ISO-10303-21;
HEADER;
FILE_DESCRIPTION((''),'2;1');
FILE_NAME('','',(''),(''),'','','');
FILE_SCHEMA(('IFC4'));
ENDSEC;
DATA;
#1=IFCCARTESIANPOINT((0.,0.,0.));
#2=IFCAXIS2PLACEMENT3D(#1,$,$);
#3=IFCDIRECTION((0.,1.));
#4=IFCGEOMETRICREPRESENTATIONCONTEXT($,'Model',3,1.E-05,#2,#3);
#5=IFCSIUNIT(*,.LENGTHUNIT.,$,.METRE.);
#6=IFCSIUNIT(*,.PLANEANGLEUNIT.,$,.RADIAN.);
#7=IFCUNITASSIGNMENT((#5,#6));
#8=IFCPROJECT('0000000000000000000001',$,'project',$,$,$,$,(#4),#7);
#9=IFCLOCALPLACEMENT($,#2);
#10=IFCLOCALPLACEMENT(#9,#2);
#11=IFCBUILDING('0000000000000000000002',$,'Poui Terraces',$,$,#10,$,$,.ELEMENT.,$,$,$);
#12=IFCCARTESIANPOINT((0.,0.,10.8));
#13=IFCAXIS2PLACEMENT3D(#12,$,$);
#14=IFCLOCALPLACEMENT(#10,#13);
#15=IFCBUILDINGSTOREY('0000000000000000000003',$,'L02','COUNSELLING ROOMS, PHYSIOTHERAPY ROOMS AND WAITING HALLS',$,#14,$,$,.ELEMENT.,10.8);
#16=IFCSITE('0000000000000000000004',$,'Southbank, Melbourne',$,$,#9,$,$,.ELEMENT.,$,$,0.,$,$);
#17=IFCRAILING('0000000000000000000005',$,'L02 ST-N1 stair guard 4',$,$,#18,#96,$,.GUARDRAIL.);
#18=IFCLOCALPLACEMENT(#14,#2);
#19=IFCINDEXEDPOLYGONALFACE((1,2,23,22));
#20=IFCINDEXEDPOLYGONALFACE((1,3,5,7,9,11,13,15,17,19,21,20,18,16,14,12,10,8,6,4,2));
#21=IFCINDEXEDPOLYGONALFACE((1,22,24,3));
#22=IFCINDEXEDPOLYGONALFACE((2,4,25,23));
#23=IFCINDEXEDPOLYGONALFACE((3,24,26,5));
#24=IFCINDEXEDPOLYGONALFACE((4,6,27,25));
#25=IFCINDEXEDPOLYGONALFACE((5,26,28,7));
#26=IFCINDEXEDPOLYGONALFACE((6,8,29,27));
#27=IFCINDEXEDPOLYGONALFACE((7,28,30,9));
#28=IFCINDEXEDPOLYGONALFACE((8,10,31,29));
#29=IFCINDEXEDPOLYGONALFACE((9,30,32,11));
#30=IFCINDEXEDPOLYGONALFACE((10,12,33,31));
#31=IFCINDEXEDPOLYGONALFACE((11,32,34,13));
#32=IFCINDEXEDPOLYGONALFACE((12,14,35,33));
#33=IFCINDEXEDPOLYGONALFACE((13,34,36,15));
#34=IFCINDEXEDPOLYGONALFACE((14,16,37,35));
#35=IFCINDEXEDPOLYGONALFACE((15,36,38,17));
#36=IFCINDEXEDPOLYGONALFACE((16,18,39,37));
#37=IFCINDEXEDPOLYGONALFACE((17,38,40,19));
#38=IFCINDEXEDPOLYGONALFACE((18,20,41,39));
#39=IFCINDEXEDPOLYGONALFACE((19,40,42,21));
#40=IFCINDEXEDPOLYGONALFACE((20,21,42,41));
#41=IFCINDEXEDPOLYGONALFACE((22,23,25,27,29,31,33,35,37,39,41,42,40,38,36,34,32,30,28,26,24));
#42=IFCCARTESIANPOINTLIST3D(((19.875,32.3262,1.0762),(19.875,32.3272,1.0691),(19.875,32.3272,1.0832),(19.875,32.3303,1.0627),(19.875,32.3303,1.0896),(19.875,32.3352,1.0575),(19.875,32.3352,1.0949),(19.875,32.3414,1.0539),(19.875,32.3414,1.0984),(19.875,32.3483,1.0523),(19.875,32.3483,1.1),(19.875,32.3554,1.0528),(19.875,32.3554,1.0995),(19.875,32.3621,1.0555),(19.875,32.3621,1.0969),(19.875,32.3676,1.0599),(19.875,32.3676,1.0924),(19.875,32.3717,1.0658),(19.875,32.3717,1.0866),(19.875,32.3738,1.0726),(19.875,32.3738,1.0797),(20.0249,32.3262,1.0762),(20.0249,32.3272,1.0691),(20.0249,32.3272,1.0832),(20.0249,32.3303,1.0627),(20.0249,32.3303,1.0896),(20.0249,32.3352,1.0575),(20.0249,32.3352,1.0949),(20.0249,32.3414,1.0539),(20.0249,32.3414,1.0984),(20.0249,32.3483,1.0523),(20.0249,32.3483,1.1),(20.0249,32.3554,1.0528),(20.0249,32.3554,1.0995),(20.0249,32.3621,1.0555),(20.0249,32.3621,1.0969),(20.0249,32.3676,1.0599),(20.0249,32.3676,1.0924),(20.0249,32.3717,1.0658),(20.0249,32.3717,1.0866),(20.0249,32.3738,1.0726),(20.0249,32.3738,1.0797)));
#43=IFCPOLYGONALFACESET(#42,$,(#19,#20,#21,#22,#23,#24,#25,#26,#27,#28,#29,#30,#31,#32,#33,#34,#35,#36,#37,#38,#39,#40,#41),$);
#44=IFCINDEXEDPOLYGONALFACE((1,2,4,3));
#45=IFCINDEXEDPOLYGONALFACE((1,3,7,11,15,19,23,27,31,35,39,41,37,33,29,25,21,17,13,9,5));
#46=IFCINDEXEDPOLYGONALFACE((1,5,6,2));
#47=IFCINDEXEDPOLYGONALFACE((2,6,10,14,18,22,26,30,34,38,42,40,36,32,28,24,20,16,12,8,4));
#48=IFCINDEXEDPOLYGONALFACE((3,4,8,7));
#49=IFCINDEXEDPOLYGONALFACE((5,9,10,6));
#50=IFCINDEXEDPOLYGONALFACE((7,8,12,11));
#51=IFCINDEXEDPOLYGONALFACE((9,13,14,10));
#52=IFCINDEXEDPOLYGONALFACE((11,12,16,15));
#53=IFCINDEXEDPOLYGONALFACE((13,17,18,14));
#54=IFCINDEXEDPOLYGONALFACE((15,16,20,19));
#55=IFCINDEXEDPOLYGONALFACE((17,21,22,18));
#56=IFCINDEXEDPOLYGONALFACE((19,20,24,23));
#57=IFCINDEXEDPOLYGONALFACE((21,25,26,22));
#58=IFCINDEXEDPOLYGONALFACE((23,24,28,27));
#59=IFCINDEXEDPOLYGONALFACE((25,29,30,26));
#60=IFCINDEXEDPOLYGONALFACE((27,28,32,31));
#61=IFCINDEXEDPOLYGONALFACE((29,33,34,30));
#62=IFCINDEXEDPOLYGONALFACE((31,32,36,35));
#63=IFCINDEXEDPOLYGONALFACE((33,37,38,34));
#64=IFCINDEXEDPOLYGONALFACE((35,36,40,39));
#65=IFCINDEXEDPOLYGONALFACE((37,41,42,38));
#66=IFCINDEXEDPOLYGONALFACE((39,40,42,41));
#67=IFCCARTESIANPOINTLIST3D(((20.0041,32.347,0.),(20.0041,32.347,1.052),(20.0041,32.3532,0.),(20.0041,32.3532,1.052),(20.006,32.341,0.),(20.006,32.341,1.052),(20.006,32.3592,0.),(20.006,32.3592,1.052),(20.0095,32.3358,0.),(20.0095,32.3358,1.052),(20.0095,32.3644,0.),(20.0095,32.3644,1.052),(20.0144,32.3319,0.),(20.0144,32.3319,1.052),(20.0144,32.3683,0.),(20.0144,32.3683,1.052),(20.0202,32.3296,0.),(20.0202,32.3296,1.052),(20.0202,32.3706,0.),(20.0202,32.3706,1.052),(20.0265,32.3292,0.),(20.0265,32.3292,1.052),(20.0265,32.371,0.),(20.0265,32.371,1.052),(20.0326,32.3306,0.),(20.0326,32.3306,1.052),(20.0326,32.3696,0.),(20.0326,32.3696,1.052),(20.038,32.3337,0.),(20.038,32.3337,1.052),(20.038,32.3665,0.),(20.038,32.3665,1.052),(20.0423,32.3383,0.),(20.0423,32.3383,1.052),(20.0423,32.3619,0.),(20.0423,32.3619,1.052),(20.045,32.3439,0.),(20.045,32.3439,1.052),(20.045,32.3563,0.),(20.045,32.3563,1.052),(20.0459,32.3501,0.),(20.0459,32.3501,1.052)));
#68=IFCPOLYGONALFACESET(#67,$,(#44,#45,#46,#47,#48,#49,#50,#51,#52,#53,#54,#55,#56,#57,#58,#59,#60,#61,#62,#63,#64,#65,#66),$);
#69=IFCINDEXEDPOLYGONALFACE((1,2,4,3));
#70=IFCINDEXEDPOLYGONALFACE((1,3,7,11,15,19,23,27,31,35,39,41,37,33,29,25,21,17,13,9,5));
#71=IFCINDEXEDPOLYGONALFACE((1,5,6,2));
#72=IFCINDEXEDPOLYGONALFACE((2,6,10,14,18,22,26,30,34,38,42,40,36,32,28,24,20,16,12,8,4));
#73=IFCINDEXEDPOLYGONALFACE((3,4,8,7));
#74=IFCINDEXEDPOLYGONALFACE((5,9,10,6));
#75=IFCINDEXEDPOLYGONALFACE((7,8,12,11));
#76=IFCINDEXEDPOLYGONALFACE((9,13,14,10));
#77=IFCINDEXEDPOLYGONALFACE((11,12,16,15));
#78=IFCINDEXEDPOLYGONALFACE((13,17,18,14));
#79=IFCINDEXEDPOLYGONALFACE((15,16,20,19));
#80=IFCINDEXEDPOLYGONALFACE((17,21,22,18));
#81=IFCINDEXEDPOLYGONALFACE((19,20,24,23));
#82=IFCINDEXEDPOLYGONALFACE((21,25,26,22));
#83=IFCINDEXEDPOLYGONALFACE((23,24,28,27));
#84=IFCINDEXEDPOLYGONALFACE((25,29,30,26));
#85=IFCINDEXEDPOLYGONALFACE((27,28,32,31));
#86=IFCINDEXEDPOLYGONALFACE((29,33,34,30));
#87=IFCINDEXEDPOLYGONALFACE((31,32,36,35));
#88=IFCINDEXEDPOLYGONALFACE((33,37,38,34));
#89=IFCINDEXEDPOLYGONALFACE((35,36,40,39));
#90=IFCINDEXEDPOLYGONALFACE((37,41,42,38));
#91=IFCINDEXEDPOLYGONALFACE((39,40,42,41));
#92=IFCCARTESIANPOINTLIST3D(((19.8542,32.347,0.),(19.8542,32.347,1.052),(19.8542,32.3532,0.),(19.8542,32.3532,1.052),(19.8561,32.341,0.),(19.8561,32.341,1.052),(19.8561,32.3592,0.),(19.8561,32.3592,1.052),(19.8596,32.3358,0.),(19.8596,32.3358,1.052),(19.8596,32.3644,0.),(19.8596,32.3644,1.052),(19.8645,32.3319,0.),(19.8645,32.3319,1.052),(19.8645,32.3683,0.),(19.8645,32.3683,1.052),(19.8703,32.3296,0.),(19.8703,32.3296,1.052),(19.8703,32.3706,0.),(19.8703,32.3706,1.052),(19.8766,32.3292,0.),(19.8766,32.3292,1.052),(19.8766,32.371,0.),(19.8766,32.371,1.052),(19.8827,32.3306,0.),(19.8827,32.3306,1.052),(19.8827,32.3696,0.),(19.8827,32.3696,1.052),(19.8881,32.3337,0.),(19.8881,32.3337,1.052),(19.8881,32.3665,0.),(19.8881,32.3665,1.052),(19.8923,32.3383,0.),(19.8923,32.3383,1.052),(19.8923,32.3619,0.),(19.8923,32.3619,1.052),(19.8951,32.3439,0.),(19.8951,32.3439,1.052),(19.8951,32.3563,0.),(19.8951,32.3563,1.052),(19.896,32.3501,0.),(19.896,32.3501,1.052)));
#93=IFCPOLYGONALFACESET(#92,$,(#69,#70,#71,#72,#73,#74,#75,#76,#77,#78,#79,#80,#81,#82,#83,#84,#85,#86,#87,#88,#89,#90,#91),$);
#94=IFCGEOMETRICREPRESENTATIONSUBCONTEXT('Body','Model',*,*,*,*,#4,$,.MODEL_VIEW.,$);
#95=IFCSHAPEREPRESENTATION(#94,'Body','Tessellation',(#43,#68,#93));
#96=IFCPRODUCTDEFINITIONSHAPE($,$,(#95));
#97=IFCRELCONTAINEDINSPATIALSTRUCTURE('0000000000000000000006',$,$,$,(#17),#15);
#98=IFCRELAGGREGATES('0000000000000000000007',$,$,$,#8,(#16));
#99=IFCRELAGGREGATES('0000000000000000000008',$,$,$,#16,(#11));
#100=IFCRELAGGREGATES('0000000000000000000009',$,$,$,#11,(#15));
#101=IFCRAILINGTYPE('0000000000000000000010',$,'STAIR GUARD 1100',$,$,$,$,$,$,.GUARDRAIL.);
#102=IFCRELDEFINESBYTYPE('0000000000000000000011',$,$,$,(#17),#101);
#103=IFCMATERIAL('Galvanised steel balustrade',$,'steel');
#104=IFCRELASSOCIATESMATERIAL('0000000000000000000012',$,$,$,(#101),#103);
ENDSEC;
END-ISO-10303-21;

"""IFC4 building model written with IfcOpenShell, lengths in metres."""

from ifc_helpers import new_model, si_unit, direction, frame, origin, origin_2d, place, context, subcontext, project, spatial, circle, extrude, material, type_object, element, save


model = new_model("IFC4")

# Units and contexts
model_context = context("Model", 3, precision=1e-05, world=origin(), true_north=direction((0.0, 1.0)))
body_context = subcontext(model_context, "Body", "Model", "MODEL_VIEW")
ifc_project = project(units=[si_unit("LENGTHUNIT", "METRE"), si_unit("PLANEANGLEUNIT", "RADIAN")], contexts=[model_context])

# Site, building, storey
site_placement = place(None, origin())
site = spatial("IfcSite", under=ifc_project, at=site_placement, Name="Southbank, Melbourne", CompositionType="ELEMENT", RefElevation=0.0)
building_placement = place(site_placement, origin())
building = spatial("IfcBuilding", under=site, at=building_placement, Name="Poui Terraces", CompositionType="ELEMENT")
storey_placement = place(building_placement, frame((0.0, 0.0, 10.8)))
storey = spatial("IfcBuildingStorey", under=building, at=storey_placement, Name="L02", Description="COUNSELLING ROOMS, PHYSIOTHERAPY ROOMS AND WAITING HALLS", CompositionType="ELEMENT", Elevation=10.8)

# Railing
ifc_material_1 = material(Name="Galvanised steel balustrade", Category="steel")
railing_type_1 = type_object("IfcRailingType", Name="STAIR GUARD 1100", PredefinedType="GUARDRAIL", material=ifc_material_1)
railing_1_placement = place(storey_placement, frame((20.0249, 32.3501, 0.0)))
element("IfcRailing", 1, at=railing_1_placement, inside=storey, type_object=railing_type_1, Name="L02 ST-N1 stair guard 4", PredefinedType="GUARDRAIL", context=body_context, shape_type="SweptSolid", body=[
    extrude(circle(Radius=0.0239, at=origin_2d()), frame((0.0, 0.0, 1.0762), z_axis=(-1.0, 0.0, 0.0), x_axis=(0.0, -1.0, 0.0)), (0.0, 0.0, 1.0), 0.1499),
    extrude(circle(Radius=0.021, at=origin_2d()), origin(), (0.0, 0.0, 1.0), 1.052),
    extrude(circle(Radius=0.021, at=origin_2d()), frame((-0.1499, 0.0, 0.0)), (0.0, 0.0, 1.0), 1.052),
])

save(model, "model.ifc")
